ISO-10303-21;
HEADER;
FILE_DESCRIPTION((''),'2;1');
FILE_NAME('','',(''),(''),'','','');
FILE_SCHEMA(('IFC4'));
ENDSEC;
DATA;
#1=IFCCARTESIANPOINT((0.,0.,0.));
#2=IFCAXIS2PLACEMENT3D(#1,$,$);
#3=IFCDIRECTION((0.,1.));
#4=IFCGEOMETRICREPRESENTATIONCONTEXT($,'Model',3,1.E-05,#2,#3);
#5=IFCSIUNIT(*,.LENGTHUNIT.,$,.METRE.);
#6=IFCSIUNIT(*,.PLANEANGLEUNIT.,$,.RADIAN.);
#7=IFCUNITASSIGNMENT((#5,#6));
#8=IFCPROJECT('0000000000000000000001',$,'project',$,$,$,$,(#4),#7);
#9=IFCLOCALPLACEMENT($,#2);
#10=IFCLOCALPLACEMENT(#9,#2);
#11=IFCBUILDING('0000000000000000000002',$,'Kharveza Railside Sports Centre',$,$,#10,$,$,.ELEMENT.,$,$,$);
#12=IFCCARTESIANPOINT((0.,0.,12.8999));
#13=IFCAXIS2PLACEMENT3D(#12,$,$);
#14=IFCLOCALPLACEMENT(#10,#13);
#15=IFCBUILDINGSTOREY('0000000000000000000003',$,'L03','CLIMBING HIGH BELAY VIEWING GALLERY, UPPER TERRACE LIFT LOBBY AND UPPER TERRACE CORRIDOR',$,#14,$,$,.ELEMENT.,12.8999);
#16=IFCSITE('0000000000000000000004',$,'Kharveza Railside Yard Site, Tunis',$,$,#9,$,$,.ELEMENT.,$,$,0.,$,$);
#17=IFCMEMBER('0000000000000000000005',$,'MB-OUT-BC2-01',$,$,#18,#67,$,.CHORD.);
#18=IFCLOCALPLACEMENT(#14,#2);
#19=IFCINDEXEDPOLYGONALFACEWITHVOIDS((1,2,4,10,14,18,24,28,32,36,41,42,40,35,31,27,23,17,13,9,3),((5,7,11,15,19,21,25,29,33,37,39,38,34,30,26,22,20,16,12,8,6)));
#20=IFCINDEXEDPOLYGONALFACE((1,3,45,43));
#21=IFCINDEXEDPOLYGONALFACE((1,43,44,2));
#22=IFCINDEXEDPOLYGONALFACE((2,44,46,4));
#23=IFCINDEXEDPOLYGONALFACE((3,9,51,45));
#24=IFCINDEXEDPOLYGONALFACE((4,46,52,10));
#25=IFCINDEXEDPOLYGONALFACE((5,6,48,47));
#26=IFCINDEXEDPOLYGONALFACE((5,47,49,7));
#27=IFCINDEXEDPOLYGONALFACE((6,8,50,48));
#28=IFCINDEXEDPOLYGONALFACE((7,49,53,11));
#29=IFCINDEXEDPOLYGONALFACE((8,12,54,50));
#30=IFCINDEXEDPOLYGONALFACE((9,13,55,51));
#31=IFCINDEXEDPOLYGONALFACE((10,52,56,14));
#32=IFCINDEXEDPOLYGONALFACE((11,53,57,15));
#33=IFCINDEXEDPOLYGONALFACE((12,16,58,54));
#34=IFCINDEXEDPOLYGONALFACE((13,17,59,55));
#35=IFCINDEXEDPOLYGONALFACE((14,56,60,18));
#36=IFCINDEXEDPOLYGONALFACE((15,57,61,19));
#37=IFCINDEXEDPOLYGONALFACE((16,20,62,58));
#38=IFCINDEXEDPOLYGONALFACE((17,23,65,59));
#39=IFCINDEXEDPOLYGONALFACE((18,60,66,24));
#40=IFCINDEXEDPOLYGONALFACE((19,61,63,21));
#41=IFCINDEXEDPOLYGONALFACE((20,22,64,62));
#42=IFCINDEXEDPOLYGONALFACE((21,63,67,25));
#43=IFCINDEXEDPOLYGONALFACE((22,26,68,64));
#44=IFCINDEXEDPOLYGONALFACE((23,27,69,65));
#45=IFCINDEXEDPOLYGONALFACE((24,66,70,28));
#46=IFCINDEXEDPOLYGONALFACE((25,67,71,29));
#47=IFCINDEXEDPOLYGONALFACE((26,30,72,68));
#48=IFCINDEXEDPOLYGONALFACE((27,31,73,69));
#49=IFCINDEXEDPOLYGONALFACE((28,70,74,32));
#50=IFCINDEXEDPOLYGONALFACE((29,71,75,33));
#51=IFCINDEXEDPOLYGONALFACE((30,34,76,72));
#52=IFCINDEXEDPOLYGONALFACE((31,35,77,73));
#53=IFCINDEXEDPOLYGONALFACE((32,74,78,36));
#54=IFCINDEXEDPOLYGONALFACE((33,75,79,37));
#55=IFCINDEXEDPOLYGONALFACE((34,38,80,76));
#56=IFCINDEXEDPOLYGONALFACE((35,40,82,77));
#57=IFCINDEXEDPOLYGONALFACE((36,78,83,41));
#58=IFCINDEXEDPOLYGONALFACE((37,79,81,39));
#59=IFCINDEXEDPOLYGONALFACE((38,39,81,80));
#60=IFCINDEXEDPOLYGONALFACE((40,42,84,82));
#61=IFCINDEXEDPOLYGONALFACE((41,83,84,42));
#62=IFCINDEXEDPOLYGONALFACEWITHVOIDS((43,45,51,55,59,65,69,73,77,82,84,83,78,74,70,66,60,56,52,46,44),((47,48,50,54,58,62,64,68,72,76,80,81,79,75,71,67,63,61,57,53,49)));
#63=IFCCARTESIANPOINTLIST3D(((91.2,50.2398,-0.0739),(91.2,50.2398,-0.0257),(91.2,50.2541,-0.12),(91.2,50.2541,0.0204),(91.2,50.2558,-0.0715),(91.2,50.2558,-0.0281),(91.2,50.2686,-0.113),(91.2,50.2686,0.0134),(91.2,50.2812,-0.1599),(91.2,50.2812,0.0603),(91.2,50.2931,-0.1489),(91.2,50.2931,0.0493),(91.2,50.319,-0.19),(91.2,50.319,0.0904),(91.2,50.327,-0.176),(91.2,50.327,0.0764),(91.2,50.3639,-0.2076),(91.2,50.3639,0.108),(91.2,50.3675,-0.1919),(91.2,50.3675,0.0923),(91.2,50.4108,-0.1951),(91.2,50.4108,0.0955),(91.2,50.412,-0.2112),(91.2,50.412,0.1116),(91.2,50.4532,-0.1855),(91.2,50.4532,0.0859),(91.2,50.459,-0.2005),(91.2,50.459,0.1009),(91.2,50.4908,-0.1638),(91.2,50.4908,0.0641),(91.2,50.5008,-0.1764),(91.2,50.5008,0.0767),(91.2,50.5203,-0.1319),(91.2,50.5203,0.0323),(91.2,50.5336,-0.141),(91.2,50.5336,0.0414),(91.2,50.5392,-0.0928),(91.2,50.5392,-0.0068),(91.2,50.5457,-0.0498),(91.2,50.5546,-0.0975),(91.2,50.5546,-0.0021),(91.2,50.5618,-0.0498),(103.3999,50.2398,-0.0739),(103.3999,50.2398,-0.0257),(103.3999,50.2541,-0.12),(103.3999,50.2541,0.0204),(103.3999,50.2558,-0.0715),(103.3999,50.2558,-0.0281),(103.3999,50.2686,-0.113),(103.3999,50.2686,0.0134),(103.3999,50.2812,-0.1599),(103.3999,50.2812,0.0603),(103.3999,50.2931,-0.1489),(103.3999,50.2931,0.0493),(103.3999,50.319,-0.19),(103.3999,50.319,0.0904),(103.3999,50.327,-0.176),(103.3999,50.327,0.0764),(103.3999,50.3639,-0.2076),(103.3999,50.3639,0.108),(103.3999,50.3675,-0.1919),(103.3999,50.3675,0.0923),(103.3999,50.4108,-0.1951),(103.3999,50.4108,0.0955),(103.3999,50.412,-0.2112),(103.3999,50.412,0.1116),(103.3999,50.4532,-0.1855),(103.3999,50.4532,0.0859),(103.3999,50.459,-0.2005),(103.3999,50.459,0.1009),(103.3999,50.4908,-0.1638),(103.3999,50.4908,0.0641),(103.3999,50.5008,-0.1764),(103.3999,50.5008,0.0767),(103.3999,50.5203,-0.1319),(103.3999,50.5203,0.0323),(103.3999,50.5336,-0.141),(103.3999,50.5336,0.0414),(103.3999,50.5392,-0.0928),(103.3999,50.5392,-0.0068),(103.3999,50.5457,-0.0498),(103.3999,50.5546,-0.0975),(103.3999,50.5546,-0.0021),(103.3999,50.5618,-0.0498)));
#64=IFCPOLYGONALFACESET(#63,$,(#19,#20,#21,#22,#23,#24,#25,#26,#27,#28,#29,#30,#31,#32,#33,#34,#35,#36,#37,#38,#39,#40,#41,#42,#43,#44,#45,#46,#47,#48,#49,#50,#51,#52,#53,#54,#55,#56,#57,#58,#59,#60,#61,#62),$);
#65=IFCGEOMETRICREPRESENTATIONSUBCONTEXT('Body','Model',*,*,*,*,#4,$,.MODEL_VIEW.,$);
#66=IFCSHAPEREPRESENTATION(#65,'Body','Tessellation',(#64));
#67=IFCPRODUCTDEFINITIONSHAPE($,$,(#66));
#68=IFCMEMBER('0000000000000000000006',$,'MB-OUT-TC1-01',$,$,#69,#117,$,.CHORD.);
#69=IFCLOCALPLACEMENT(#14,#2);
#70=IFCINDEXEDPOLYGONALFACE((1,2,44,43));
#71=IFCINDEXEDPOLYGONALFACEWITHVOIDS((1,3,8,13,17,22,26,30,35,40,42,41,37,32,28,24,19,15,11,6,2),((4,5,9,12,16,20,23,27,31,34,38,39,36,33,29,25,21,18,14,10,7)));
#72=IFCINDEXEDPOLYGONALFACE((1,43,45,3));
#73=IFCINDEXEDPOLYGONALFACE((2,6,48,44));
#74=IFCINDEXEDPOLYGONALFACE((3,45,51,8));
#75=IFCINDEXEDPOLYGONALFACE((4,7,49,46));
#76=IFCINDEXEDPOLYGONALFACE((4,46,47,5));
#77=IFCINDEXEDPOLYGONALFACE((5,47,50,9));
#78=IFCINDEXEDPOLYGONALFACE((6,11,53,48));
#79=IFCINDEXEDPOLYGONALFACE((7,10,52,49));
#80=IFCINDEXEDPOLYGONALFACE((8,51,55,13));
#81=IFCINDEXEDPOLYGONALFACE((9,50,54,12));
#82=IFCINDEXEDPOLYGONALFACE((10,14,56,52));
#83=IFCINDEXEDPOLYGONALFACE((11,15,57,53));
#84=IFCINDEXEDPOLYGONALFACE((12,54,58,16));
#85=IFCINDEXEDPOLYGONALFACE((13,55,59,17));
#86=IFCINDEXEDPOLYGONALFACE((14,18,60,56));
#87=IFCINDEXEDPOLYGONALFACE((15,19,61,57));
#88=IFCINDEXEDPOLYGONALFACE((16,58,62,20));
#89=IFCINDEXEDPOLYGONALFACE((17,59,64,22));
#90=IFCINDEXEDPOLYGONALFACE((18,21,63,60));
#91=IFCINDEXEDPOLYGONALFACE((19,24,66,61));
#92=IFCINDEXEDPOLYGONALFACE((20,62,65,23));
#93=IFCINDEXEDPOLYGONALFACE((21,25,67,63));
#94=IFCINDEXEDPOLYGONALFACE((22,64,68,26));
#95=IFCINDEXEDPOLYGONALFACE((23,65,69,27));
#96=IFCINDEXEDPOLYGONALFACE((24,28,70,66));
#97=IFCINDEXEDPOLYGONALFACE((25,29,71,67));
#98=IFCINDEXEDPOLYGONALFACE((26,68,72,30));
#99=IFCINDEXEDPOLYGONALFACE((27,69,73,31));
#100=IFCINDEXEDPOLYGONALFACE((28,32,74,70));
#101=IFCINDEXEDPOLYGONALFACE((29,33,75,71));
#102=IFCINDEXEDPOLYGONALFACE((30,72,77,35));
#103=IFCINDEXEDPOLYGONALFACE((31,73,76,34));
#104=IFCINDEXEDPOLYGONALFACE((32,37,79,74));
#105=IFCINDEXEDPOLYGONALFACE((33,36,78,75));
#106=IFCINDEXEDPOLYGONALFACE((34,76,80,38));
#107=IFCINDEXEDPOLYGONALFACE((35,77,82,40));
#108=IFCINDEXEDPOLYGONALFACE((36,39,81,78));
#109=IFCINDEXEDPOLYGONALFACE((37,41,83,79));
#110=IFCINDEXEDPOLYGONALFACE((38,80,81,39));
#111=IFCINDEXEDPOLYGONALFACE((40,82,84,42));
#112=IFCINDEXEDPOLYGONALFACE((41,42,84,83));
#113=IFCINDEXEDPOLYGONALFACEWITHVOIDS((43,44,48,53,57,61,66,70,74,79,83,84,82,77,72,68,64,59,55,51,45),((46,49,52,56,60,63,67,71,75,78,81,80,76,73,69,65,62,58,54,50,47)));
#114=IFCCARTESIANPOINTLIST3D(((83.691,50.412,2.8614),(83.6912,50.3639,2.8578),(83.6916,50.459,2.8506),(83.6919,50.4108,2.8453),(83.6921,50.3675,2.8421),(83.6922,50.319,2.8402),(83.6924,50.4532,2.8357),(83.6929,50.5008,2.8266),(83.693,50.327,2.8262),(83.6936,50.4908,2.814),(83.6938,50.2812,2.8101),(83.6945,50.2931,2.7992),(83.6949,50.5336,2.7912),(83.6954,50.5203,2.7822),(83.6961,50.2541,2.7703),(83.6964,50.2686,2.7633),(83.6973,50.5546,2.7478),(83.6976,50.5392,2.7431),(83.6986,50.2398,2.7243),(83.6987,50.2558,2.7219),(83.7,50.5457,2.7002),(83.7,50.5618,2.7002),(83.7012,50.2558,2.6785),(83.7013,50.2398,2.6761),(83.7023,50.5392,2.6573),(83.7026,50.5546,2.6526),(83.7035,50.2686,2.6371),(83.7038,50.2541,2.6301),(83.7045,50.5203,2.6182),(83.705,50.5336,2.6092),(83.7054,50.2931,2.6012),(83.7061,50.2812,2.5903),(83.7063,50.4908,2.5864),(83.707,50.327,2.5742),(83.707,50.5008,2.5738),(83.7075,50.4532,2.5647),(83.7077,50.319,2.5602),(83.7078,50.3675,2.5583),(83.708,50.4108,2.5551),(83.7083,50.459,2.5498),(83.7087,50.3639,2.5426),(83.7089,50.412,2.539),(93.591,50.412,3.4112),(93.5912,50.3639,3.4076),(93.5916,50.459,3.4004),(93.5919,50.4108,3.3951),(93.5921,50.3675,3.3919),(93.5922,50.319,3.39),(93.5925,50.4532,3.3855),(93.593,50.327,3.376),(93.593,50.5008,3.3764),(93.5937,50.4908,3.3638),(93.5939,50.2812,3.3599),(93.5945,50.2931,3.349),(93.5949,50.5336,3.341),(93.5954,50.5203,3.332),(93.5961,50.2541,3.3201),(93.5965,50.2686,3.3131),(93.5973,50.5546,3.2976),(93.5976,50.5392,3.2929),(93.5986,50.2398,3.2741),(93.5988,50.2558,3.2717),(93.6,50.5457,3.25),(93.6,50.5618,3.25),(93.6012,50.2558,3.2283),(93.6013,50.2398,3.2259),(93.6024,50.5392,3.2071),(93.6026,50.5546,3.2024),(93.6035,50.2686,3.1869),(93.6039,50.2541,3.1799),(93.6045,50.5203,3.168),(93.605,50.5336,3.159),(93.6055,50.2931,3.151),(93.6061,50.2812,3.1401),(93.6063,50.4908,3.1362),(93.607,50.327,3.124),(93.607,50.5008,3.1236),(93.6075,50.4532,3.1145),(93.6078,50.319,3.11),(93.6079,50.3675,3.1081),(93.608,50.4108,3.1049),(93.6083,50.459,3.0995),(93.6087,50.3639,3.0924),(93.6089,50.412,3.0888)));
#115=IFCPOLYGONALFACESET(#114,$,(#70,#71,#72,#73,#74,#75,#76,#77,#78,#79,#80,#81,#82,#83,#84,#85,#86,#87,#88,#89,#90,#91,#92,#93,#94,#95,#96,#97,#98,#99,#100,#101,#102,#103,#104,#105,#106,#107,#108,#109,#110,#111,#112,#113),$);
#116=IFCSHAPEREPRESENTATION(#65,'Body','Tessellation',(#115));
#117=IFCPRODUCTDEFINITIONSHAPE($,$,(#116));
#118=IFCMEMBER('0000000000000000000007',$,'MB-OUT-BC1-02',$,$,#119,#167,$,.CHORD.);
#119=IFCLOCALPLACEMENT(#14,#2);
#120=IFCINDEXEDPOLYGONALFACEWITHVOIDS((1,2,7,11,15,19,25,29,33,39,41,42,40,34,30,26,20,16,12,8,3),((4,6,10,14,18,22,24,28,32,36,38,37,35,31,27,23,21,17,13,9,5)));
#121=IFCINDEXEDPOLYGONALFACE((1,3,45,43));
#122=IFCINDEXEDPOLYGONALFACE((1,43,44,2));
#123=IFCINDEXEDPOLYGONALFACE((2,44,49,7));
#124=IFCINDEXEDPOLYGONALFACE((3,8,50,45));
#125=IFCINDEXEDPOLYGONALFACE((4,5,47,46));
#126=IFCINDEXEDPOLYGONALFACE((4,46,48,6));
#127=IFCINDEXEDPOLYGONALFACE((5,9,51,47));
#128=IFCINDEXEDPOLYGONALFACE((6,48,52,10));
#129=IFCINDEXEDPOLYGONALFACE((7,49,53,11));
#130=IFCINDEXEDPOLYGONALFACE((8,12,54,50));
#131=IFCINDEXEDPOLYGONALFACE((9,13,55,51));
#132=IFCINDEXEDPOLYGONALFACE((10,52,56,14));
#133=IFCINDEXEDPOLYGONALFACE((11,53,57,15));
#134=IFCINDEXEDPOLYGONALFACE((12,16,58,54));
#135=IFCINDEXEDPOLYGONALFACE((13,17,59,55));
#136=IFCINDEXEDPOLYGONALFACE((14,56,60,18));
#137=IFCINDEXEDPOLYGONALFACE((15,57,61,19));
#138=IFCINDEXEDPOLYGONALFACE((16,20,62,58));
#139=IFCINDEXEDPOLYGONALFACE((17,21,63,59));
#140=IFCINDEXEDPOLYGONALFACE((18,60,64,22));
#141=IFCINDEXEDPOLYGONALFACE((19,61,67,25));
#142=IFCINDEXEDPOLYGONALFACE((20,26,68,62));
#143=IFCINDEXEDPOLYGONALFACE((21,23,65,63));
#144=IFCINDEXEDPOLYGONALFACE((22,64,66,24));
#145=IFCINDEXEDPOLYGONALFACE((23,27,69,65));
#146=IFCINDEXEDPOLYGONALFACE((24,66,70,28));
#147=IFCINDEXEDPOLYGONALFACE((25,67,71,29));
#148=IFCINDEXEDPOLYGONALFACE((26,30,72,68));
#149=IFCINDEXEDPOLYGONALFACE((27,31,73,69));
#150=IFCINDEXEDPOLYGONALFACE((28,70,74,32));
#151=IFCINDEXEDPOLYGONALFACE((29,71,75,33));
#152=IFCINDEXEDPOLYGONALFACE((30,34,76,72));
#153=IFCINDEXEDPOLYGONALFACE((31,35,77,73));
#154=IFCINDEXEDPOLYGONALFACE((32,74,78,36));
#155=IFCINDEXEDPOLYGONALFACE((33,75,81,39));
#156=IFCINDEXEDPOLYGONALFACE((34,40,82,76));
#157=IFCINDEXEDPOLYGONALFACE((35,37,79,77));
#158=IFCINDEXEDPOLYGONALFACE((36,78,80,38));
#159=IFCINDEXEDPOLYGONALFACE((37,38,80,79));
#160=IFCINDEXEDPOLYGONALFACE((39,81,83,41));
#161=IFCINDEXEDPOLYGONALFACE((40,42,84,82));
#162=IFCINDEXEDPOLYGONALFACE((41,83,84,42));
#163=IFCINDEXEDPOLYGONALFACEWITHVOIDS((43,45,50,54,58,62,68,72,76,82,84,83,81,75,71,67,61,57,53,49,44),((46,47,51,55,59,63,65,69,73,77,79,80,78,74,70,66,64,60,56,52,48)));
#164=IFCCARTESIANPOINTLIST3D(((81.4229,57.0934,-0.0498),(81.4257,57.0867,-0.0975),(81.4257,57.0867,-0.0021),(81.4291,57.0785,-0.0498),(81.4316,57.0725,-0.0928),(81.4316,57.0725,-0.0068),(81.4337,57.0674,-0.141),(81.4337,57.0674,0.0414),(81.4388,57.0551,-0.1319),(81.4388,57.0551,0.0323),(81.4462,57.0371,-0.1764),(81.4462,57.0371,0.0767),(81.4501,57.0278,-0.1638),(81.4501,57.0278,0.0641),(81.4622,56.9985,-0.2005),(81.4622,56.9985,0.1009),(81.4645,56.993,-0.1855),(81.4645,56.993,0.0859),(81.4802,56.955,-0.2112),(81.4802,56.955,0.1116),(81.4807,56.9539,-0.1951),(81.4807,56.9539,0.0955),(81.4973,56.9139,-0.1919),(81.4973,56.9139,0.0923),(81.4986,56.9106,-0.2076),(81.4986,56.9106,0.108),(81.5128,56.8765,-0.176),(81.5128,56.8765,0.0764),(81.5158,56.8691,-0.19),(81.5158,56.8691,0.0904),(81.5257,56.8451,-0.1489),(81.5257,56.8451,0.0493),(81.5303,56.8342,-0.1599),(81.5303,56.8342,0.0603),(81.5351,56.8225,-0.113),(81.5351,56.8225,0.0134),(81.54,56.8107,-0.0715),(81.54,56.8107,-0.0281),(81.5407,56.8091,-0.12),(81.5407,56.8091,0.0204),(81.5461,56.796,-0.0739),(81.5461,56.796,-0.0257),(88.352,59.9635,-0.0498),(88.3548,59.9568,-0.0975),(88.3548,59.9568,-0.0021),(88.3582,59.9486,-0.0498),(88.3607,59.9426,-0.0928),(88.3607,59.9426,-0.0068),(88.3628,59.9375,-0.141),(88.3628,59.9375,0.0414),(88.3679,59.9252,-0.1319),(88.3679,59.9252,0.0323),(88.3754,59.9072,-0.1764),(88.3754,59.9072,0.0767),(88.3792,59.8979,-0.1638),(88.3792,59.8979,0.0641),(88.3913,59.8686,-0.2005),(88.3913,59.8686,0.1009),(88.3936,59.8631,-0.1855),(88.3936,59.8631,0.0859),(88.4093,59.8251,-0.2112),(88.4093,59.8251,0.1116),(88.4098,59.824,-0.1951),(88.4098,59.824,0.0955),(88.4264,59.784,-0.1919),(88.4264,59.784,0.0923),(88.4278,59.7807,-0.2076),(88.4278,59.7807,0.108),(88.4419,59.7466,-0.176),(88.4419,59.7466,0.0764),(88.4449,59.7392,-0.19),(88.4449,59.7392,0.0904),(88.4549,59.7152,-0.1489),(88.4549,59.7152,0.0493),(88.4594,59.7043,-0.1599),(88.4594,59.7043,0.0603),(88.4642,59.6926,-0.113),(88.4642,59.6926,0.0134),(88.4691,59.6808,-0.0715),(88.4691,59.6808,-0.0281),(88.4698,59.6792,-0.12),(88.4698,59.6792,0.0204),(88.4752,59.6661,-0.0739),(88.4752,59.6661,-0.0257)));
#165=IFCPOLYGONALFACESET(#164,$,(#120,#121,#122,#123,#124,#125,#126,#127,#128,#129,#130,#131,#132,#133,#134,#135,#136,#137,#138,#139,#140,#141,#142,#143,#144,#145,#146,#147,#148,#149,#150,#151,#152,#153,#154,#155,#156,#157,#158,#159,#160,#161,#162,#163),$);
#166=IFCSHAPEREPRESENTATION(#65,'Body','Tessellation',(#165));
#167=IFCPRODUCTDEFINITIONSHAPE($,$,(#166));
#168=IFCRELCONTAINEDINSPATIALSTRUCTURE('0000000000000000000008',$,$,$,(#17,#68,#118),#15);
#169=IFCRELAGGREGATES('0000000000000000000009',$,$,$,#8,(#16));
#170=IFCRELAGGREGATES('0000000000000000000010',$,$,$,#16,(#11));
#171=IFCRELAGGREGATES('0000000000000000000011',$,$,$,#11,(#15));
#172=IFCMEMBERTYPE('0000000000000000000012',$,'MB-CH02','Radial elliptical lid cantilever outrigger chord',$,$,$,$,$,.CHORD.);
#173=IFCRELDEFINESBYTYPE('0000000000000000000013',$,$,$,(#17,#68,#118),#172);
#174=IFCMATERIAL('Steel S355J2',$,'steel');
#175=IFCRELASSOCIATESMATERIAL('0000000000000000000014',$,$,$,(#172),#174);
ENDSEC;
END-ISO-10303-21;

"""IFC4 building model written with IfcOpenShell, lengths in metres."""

from ifc_helpers import new_model, si_unit, direction, frame, origin, origin_2d, place, context, subcontext, project, spatial, hollow_circle, extrude, material, material_profile, profile_set, type_object, element, save


model = new_model("IFC4")

# Units and contexts
model_context = context("Model", 3, precision=1e-05, world=origin(), true_north=direction((0.0, 1.0)))
body_context = subcontext(model_context, "Body", "Model", "MODEL_VIEW")
ifc_project = project(units=[si_unit("LENGTHUNIT", "METRE"), si_unit("PLANEANGLEUNIT", "RADIAN")], contexts=[model_context])

# Site, building, storey
site_placement = place(None, origin())
site = spatial("IfcSite", under=ifc_project, at=site_placement, Name="Kharveza Railside Yard Site, Tunis", CompositionType="ELEMENT", RefElevation=0.0)
building_placement = place(site_placement, origin())
building = spatial("IfcBuilding", under=site, at=building_placement, Name="Kharveza Railside Sports Centre", CompositionType="ELEMENT")
storey_placement = place(building_placement, frame((0.0, 0.0, 12.8999)))
storey = spatial("IfcBuildingStorey", under=building, at=storey_placement, Name="L03", Description="CLIMBING HIGH BELAY VIEWING GALLERY, UPPER TERRACE LIFT LOBBY AND UPPER TERRACE CORRIDOR", CompositionType="ELEMENT", Elevation=12.8999)

# Shared definitions
ifc_material_1 = material(Name="Steel S355J2", Category="steel")

# Members
ifc_material_profile_1 = material_profile(ifc_material_1, hollow_circle(Radius=0.1619, WallThickness=0.0161, at=origin_2d()), Name="CHS 323.9x16.0")
ifc_profile_set_1 = profile_set([ifc_material_profile_1], Name="Steel S355J2")
member_type_1 = type_object("IfcMemberType", Name="MB-CH02", Description="Radial elliptical lid cantilever outrigger chord", PredefinedType="CHORD", material=ifc_profile_set_1)
member_1_placement = place(storey_placement, frame((91.2, 50.3999, -0.0498), z_axis=(1.0, 0.0, 0.0), x_axis=(0.0, 1.0, 0.0)))
element("IfcMember", 1, at=member_1_placement, inside=storey, type_object=member_type_1, Name="MB-OUT-BC2-01", PredefinedType="CHORD", context=body_context, shape_type="SweptSolid", body=[
    extrude(hollow_circle(Radius=0.1619, WallThickness=0.0161, at=origin_2d()), origin(), (0.0, 0.0, 1.0), 12.2),
])
member_2_placement = place(storey_placement, frame((83.7, 50.3999, 2.7002), z_axis=(0.998461, 0.0, 0.05545), x_axis=(0.0, 1.0, 0.0)))
element("IfcMember", 2, at=member_2_placement, inside=storey, type_object=member_type_1, Name="MB-OUT-TC1-01", PredefinedType="CHORD", context=body_context, shape_type="SweptSolid", body=[
    extrude(hollow_circle(Radius=0.1619, WallThickness=0.0161, at=origin_2d()), origin(), (0.0, 0.0, 1.0), 9.9153),
])
member_3_placement = place(storey_placement, frame((81.4849, 56.9438, -0.0498), z_axis=(0.923882, 0.382678, 0.0), x_axis=(-0.382678, 0.923882, 0.0)))
element("IfcMember", 3, at=member_3_placement, inside=storey, type_object=member_type_1, Name="MB-OUT-BC1-02", PredefinedType="CHORD", context=body_context, shape_type="SweptSolid", body=[
    extrude(hollow_circle(Radius=0.1619, WallThickness=0.0161, at=origin_2d()), origin(), (0.0, 0.0, 1.0), 7.5),
])

save(model, "model.ifc")
